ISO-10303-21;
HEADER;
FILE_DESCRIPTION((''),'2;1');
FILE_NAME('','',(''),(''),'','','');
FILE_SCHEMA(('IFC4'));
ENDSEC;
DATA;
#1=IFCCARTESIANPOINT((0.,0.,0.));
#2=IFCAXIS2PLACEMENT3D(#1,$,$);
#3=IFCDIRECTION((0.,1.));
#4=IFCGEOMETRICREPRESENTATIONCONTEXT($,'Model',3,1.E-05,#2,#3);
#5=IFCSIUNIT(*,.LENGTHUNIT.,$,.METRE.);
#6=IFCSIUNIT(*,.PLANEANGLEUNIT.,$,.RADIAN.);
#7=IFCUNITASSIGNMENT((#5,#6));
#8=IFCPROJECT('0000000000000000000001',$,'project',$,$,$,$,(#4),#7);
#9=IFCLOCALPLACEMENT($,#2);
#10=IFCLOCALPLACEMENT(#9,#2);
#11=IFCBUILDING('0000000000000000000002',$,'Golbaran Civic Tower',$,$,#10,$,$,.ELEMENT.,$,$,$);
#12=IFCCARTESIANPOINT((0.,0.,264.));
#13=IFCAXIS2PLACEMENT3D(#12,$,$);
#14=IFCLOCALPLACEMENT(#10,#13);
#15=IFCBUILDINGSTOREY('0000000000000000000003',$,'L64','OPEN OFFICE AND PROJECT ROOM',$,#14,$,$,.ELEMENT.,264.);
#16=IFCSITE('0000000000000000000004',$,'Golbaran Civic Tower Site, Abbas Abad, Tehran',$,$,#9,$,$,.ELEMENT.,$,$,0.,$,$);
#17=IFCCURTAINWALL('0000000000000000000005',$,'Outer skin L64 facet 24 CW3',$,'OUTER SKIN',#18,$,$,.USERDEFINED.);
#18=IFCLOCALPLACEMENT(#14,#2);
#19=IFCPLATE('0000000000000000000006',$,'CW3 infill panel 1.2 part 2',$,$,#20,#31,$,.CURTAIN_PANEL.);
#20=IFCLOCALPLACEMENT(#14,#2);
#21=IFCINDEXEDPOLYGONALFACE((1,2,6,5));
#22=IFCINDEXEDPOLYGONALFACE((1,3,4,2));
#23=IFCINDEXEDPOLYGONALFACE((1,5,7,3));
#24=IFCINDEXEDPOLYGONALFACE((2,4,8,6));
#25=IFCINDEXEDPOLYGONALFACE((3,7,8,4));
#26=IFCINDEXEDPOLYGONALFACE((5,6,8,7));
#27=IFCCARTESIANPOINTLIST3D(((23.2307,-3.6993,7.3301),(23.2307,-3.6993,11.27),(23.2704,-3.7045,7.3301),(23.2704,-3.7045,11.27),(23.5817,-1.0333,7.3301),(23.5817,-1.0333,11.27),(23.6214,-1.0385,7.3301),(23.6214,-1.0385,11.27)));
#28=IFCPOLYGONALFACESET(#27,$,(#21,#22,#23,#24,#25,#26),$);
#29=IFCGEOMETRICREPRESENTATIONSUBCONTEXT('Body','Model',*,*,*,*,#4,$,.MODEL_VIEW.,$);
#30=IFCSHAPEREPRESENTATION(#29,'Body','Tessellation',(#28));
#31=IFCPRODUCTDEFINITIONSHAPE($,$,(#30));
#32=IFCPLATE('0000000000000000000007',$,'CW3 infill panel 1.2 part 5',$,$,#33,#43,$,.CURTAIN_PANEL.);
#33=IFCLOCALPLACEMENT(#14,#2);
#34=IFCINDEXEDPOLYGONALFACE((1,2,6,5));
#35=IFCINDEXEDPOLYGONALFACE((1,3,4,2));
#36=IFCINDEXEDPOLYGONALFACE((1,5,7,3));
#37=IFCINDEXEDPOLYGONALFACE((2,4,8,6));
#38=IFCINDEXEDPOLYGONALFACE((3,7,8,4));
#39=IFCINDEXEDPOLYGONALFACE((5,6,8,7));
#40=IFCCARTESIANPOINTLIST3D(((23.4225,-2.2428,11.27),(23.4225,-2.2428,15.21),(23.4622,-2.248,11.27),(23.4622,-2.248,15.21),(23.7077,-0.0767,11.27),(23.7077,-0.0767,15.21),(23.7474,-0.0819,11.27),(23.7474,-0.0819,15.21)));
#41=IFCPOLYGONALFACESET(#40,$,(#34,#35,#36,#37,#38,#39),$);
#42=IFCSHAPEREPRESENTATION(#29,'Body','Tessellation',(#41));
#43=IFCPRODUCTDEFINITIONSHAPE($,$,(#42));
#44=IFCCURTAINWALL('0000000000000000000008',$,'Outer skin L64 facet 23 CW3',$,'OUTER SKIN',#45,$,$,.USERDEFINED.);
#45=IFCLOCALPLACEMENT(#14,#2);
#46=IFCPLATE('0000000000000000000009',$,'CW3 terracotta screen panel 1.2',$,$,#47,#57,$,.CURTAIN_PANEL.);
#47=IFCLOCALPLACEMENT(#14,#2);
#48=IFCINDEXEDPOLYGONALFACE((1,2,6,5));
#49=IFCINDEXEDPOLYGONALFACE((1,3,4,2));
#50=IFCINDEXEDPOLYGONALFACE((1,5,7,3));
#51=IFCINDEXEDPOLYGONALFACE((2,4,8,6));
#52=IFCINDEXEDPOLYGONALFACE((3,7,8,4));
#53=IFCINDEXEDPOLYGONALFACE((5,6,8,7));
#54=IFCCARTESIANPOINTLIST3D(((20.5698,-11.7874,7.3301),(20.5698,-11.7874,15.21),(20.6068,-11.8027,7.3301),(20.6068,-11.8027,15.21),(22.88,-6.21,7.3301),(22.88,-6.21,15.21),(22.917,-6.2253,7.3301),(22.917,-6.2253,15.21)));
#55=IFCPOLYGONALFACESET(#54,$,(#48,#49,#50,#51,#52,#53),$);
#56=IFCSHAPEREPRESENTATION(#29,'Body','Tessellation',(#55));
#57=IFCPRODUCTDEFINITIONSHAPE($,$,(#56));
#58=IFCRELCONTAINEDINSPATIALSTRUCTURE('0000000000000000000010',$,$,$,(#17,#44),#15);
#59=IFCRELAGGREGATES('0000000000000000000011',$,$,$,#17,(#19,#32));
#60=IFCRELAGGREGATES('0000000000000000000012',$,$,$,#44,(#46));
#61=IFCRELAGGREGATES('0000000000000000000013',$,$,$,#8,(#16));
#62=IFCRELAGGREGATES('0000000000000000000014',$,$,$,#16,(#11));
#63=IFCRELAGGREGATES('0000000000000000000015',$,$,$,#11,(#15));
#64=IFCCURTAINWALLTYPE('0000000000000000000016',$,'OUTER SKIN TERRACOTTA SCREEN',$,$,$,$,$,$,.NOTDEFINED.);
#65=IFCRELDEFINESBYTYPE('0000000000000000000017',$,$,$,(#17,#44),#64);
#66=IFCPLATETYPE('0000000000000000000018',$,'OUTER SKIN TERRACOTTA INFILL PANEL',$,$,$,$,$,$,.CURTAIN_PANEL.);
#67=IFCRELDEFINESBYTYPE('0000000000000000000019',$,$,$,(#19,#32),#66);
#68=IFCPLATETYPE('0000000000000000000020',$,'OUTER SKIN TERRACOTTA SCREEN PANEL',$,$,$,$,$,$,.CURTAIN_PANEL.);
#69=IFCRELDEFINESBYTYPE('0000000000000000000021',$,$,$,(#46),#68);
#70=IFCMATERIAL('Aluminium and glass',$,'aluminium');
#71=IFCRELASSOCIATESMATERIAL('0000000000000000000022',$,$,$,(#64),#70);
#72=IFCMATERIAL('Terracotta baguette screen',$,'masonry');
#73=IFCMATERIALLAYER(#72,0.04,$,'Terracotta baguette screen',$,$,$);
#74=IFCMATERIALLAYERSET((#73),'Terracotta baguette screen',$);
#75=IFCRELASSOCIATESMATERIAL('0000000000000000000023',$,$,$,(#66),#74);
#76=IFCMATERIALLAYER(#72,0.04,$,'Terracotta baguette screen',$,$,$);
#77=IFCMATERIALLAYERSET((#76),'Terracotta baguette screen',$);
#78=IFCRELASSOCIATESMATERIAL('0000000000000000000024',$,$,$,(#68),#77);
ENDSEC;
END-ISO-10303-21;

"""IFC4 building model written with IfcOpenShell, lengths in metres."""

from ifc_helpers import new_model, si_unit, direction, frame, origin, origin_2d, place, context, subcontext, project, spatial, rectangle, extrude, material, layer, layer_set, type_object, element, aggregate, save


model = new_model("IFC4")

# Units and contexts
model_context = context("Model", 3, precision=1e-05, world=origin(), true_north=direction((0.0, 1.0)))
body_context = subcontext(model_context, "Body", "Model", "MODEL_VIEW")
ifc_project = project(units=[si_unit("LENGTHUNIT", "METRE"), si_unit("PLANEANGLEUNIT", "RADIAN")], contexts=[model_context])

# Site, building, storey
site_placement = place(None, origin())
site = spatial("IfcSite", under=ifc_project, at=site_placement, Name="Golbaran Civic Tower Site, Abbas Abad, Tehran", CompositionType="ELEMENT", RefElevation=0.0)
building_placement = place(site_placement, origin())
building = spatial("IfcBuilding", under=site, at=building_placement, Name="Golbaran Civic Tower", CompositionType="ELEMENT")
storey_placement = place(building_placement, frame((0.0, 0.0, 264.0)))
storey = spatial("IfcBuildingStorey", under=building, at=storey_placement, Name="L64", Description="OPEN OFFICE AND PROJECT ROOM", CompositionType="ELEMENT", Elevation=264.0)

# Curtain wall
ifc_material_1 = material(Name="Aluminium and glass", Category="aluminium")
curtain_wall_type_1 = type_object("IfcCurtainWallType", Name="OUTER SKIN TERRACOTTA SCREEN", PredefinedType="NOTDEFINED", material=ifc_material_1)
curtain_wall_1_placement = place(storey_placement, origin())
curtain_wall_1 = element("IfcCurtainWall", 1, at=curtain_wall_1_placement, inside=storey, type_object=curtain_wall_type_1, Name="Outer skin L64 facet 24 CW3", ObjectType="OUTER SKIN", PredefinedType="USERDEFINED")

# Plates
ifc_material_2 = material(Name="Terracotta baguette screen", Category="masonry")
ifc_layer_1 = layer(ifc_material_2, 0.04, Name="Terracotta baguette screen")
ifc_layer_set_1 = layer_set([ifc_layer_1], Name="Terracotta baguette screen")
plate_type_1 = type_object("IfcPlateType", Name="OUTER SKIN TERRACOTTA INFILL PANEL", PredefinedType="CURTAIN_PANEL", material=ifc_layer_set_1)
plate_1_placement = place(storey_placement, frame((23.426, -2.3689, 7.3301), z_axis=(0.0, 0.0, 1.0), x_axis=(0.130526, 0.991445, 0.0)))
plate_1 = element("IfcPlate", 2, at=plate_1_placement, type_object=plate_type_1, Name="CW3 infill panel 1.2 part 2", PredefinedType="CURTAIN_PANEL", context=body_context, shape_type="SweptSolid", body=[
    extrude(rectangle(XDim=2.689, YDim=0.04, at=origin_2d()), origin(), (0.0, 0.0, 1.0), 3.9399),
])
plate_2_placement = place(storey_placement, frame((23.585, -1.1624, 11.27), z_axis=(0.0, 0.0, 1.0), x_axis=(0.130526, 0.991445, 0.0)))
plate_2 = element("IfcPlate", 3, at=plate_2_placement, type_object=plate_type_1, Name="CW3 infill panel 1.2 part 5", PredefinedType="CURTAIN_PANEL", context=body_context, shape_type="SweptSolid", body=[
    extrude(rectangle(XDim=2.1848, YDim=0.04, at=origin_2d()), origin(), (0.0, 0.0, 1.0), 3.9399),
])
aggregate(curtain_wall_1, [plate_1, plate_2])

# Curtain wall, plate
curtain_wall_2_placement = place(storey_placement, origin())
curtain_wall_2 = element("IfcCurtainWall", 4, at=curtain_wall_2_placement, inside=storey, type_object=curtain_wall_type_1, Name="Outer skin L64 facet 23 CW3", ObjectType="OUTER SKIN", PredefinedType="USERDEFINED")
ifc_layer_2 = layer(ifc_material_2, 0.04, Name="Terracotta baguette screen")
ifc_layer_set_2 = layer_set([ifc_layer_2], Name="Terracotta baguette screen")
plate_type_2 = type_object("IfcPlateType", Name="OUTER SKIN TERRACOTTA SCREEN PANEL", PredefinedType="CURTAIN_PANEL", material=ifc_layer_set_2)
plate_3_placement = place(storey_placement, frame((21.7434, -9.0063, 7.3301), z_axis=(0.0, 0.0, 1.0), x_axis=(0.382683, 0.92388, 0.0)))
plate_3 = element("IfcPlate", 5, at=plate_3_placement, type_object=plate_type_2, Name="CW3 terracotta screen panel 1.2", PredefinedType="CURTAIN_PANEL", context=body_context, shape_type="SweptSolid", body=[
    extrude(rectangle(XDim=6.0369, YDim=0.04, at=origin_2d()), origin(), (0.0, 0.0, 1.0), 7.8799),
])
aggregate(curtain_wall_2, [plate_3])

save(model, "model.ifc")
